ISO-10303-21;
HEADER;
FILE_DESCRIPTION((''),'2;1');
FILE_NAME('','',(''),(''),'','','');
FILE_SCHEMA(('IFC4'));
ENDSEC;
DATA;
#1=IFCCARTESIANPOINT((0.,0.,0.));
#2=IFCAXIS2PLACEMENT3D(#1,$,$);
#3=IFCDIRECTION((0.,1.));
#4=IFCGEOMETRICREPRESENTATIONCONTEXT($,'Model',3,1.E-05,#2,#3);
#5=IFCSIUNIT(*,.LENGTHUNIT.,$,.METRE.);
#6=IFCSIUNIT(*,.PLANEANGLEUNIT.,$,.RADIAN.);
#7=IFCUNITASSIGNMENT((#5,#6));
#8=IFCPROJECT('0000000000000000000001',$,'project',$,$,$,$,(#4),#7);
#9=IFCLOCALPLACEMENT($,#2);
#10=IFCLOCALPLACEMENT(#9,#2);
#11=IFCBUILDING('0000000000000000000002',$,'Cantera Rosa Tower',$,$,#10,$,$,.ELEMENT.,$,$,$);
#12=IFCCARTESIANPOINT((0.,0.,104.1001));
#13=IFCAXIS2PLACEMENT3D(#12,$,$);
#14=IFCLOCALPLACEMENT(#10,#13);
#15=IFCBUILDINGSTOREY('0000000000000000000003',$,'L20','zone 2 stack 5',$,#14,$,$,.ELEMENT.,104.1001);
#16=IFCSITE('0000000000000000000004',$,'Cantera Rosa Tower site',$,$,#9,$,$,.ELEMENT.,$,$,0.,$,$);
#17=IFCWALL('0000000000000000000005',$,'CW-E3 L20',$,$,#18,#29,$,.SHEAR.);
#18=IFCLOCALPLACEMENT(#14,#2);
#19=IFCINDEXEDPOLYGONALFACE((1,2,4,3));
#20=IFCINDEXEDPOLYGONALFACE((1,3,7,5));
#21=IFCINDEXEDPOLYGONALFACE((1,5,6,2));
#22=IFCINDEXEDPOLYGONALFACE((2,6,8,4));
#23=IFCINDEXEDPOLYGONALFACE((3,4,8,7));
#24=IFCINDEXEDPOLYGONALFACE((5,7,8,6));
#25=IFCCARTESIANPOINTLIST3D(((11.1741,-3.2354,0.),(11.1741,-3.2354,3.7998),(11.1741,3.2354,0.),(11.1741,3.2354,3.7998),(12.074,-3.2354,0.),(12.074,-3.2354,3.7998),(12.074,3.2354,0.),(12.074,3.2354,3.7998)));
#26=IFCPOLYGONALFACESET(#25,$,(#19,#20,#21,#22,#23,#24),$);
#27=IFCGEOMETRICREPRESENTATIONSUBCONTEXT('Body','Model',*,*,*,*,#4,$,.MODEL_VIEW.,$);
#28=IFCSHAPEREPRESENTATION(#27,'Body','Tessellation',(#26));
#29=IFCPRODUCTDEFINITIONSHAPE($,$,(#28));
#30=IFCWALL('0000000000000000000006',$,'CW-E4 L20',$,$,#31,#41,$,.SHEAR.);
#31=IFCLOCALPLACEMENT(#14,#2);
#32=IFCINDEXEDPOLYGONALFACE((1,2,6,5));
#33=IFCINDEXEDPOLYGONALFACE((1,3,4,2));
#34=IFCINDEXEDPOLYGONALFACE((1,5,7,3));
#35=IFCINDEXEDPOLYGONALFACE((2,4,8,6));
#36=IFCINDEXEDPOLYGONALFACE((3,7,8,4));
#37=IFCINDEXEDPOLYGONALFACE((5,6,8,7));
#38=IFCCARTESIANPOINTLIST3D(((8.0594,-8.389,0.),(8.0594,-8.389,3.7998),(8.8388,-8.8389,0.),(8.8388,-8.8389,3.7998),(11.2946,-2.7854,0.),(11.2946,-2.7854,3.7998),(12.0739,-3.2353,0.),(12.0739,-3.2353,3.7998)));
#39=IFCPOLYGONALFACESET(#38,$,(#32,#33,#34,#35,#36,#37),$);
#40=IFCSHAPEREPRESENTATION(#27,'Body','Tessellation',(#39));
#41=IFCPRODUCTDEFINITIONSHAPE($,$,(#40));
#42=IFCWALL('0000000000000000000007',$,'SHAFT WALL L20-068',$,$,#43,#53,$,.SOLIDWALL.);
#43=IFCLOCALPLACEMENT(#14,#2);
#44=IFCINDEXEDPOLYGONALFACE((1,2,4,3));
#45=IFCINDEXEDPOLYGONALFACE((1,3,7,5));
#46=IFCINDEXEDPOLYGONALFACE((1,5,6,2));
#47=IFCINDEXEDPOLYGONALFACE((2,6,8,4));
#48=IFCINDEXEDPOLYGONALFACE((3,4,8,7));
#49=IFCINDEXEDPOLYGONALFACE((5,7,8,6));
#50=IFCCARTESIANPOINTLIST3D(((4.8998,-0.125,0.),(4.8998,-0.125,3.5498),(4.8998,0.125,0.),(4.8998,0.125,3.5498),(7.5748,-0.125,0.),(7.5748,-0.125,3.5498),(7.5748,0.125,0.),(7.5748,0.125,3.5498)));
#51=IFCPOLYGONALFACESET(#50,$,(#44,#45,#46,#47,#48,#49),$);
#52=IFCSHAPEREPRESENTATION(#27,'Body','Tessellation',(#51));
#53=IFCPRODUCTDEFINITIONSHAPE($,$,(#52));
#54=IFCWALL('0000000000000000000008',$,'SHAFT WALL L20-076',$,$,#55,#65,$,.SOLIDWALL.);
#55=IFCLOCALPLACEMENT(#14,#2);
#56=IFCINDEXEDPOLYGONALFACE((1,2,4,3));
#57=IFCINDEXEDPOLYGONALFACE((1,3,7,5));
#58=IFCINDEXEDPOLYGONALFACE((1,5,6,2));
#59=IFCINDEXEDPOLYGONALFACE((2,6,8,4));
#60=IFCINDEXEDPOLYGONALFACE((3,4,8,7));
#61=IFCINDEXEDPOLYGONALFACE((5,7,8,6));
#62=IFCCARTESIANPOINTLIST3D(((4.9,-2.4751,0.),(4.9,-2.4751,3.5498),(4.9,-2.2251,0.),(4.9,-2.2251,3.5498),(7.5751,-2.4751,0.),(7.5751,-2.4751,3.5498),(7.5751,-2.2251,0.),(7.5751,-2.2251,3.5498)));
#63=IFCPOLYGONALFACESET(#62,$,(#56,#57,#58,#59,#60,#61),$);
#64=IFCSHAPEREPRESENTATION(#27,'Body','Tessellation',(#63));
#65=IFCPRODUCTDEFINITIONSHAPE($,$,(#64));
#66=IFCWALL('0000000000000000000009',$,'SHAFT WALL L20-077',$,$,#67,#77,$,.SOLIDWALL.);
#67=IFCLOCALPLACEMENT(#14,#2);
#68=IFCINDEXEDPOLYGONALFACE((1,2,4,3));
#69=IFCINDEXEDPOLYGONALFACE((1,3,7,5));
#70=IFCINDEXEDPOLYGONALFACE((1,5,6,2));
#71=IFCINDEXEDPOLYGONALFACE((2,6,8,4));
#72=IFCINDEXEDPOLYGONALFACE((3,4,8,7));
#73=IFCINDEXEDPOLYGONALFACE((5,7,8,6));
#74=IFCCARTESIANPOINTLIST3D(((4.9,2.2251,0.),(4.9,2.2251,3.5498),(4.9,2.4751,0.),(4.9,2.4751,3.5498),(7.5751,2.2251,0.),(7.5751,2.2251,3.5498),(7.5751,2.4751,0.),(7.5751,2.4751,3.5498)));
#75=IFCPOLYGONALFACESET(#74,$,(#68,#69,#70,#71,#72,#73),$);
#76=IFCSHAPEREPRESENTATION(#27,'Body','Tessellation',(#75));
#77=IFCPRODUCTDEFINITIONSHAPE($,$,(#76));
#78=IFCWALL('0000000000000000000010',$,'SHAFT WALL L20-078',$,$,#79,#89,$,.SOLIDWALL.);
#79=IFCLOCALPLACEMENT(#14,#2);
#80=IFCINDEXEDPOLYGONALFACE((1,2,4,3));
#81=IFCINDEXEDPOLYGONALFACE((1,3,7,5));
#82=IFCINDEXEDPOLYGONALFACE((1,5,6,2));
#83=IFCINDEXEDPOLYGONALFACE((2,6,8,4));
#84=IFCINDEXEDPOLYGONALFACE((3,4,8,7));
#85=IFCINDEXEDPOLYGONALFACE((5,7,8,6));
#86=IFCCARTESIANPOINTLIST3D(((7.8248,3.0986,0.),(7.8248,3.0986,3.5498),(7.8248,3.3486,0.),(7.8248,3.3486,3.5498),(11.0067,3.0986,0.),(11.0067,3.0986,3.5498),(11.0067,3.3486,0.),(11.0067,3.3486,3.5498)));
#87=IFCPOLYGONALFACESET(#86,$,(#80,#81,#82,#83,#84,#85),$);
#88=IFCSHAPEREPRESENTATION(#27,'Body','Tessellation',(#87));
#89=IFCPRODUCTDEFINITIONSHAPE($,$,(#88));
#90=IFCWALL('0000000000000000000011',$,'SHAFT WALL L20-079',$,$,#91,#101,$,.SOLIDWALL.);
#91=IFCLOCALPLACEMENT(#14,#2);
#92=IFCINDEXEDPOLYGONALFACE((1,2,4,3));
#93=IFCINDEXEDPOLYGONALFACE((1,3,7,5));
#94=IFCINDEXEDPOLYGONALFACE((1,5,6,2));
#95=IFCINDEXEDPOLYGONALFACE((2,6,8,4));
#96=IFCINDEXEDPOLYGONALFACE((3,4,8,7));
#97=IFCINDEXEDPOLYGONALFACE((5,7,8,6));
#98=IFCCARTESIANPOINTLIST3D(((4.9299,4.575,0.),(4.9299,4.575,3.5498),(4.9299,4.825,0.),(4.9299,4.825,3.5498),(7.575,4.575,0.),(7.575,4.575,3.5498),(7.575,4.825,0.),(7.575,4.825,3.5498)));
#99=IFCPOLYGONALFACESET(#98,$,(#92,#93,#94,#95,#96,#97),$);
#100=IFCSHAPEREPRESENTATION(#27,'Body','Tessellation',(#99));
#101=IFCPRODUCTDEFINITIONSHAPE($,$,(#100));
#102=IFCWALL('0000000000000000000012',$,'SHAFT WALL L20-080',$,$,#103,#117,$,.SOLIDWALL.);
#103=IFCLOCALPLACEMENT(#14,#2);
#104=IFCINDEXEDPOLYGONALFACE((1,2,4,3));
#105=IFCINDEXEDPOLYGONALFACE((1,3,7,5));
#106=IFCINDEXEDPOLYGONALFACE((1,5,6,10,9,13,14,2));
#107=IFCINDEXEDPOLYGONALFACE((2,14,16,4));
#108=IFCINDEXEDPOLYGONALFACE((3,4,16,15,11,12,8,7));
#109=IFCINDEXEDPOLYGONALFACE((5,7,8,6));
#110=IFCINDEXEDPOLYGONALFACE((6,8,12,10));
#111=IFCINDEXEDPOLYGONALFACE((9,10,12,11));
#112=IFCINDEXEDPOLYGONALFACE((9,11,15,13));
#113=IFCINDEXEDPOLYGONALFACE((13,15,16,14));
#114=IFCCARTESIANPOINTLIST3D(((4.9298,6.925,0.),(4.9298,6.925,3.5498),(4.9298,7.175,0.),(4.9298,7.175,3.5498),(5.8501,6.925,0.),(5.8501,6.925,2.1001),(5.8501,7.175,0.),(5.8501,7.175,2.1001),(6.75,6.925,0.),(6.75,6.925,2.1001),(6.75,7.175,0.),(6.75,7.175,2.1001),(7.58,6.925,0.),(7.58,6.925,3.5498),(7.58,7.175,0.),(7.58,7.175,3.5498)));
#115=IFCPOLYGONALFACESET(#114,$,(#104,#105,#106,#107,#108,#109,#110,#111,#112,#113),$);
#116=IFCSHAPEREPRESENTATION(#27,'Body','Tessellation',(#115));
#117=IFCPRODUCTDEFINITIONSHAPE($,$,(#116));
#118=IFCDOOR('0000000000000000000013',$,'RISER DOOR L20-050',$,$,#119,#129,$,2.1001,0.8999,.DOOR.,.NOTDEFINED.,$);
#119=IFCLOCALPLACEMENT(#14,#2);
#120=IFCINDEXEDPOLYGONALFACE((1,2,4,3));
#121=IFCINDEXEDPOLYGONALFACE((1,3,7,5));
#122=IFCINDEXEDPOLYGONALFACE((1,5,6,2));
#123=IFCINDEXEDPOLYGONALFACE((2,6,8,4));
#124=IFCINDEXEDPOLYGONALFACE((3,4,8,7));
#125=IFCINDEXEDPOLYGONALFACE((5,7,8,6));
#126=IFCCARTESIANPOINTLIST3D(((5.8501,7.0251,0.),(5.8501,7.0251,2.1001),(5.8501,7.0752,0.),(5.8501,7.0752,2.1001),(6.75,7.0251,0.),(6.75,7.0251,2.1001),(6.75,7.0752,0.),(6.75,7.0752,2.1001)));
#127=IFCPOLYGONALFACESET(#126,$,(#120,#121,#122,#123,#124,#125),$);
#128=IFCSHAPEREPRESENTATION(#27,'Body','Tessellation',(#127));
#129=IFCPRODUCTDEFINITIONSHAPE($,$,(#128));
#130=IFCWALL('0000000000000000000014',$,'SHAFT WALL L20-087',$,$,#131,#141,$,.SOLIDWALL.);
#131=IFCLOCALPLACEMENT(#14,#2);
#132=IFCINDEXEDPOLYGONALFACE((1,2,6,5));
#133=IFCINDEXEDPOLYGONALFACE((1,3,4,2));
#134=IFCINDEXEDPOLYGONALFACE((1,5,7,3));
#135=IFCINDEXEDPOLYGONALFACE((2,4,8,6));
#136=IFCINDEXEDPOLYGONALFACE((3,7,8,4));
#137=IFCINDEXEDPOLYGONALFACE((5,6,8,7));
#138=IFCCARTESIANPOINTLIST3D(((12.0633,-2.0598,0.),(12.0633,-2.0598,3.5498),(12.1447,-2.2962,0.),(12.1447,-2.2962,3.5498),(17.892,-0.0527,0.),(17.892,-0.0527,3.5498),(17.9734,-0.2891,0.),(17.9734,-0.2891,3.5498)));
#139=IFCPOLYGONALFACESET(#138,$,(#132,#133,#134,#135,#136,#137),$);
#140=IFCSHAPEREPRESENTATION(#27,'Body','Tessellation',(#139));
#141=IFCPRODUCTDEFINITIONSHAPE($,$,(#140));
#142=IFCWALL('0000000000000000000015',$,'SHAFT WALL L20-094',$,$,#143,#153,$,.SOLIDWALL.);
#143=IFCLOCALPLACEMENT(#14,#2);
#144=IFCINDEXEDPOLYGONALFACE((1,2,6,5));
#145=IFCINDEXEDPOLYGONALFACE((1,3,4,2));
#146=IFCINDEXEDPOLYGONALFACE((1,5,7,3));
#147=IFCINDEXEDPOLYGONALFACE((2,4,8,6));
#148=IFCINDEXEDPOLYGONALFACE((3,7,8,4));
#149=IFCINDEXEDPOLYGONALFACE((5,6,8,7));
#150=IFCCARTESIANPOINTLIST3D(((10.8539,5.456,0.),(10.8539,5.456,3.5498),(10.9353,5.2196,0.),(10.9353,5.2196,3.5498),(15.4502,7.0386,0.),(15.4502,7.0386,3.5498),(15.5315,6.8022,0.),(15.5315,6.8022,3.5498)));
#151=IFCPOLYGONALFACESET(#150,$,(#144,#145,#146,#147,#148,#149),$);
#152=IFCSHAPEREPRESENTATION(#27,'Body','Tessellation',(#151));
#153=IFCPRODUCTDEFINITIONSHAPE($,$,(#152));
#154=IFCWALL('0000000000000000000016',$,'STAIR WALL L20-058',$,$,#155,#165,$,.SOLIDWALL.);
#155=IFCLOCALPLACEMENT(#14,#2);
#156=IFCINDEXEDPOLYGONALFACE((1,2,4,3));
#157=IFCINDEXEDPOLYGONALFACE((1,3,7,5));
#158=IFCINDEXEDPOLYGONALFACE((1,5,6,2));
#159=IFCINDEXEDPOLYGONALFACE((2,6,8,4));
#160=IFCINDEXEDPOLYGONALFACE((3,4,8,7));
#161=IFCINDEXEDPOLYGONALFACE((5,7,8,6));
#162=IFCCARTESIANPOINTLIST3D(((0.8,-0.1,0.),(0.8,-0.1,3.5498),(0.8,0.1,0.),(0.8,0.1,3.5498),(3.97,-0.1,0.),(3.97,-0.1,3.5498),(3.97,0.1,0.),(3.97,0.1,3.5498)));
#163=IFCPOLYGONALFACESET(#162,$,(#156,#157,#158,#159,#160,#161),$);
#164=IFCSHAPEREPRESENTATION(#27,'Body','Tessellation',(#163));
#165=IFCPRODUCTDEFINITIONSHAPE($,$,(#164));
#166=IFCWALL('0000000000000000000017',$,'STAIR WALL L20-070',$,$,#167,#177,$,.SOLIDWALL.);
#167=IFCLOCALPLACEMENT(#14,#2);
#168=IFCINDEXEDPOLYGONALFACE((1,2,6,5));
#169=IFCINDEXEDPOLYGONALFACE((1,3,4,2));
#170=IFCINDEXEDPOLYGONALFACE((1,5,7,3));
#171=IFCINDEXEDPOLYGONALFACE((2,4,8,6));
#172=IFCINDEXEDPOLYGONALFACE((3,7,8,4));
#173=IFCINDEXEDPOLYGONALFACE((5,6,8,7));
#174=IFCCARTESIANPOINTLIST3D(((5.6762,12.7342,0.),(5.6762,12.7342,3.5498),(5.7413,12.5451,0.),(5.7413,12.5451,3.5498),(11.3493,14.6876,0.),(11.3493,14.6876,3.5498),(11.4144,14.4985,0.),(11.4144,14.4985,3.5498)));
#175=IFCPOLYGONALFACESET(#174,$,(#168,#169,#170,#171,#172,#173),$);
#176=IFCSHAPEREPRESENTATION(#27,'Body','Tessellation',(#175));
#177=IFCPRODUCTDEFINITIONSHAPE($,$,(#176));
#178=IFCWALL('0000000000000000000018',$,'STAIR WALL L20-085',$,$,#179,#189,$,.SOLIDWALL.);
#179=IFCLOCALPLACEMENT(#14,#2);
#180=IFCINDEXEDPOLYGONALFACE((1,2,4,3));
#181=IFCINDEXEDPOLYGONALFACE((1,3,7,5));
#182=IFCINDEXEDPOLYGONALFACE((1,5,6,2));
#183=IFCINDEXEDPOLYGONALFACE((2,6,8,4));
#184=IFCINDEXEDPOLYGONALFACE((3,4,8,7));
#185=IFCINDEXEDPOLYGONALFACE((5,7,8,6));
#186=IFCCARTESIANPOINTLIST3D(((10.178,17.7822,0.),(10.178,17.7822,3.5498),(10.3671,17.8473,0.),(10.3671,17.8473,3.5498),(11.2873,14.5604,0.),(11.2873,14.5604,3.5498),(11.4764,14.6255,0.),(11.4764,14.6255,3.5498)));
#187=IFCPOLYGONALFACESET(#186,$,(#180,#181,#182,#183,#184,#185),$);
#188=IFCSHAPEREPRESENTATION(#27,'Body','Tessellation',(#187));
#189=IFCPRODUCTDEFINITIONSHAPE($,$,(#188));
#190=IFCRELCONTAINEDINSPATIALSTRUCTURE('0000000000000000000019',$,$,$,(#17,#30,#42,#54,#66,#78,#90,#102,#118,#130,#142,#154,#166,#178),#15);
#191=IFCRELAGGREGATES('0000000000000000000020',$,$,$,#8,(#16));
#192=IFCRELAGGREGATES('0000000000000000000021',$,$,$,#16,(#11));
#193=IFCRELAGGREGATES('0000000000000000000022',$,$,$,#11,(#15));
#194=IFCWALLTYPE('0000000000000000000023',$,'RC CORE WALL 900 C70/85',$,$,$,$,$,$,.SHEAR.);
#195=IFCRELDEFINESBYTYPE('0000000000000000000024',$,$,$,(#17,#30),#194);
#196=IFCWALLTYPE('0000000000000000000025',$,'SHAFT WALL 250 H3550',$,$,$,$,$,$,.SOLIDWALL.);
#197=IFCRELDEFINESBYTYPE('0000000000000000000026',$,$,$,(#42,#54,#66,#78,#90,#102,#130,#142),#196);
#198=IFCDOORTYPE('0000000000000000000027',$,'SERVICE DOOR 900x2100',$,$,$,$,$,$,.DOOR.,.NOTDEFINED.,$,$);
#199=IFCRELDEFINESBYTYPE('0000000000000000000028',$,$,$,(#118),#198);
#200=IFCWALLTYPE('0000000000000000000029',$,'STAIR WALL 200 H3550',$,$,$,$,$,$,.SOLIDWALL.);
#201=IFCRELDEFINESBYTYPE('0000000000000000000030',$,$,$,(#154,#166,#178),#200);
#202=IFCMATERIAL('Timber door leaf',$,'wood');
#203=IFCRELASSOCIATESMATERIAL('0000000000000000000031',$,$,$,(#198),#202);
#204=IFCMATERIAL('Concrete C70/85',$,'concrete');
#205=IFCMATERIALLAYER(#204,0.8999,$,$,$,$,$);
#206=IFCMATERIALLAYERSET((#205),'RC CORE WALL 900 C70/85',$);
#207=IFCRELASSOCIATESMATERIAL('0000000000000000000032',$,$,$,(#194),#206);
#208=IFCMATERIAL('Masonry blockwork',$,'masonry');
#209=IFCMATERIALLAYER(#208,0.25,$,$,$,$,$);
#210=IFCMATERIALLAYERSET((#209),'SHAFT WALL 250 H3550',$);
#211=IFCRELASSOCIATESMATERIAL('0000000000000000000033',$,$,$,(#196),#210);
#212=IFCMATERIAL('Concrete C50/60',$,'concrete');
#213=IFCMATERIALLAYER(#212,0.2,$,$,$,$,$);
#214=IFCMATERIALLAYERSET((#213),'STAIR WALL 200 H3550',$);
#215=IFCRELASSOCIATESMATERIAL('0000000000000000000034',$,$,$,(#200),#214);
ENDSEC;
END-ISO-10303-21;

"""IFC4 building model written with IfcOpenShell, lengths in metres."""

from ifc_helpers import new_model, si_unit, direction, frame, frame_2d, origin, place, context, subcontext, project, spatial, rectangle, extrude, material, layer, layer_set, type_object, element, fill, save


model = new_model("IFC4")

# Units and contexts
model_context = context("Model", 3, precision=1e-05, world=origin(), true_north=direction((0.0, 1.0)))
body_context = subcontext(model_context, "Body", "Model", "MODEL_VIEW")
ifc_project = project(units=[si_unit("LENGTHUNIT", "METRE"), si_unit("PLANEANGLEUNIT", "RADIAN")], contexts=[model_context])

# Site, building, storey
site_placement = place(None, origin())
site = spatial("IfcSite", under=ifc_project, at=site_placement, Name="Cantera Rosa Tower site", CompositionType="ELEMENT", RefElevation=0.0)
building_placement = place(site_placement, origin())
building = spatial("IfcBuilding", under=site, at=building_placement, Name="Cantera Rosa Tower", CompositionType="ELEMENT")
storey_placement = place(building_placement, frame((0.0, 0.0, 104.1001)))
storey = spatial("IfcBuildingStorey", under=building, at=storey_placement, Name="L20", Description="zone 2 stack 5", CompositionType="ELEMENT", Elevation=104.1001)

# Shared definitions
ifc_material_1 = material(Name="Timber door leaf", Category="wood")
door_type = type_object("IfcDoorType", Name="SERVICE DOOR 900x2100", OperationType="NOTDEFINED", PredefinedType="DOOR", material=ifc_material_1)

# Walls
ifc_material_2 = material(Name="Concrete C70/85", Category="concrete")
ifc_layer_1 = layer(ifc_material_2, 0.8999)
ifc_layer_set_1 = layer_set([ifc_layer_1], Name="RC CORE WALL 900 C70/85")
wall_type_1 = type_object("IfcWallType", Name="RC CORE WALL 900 C70/85", PredefinedType="SHEAR", material=ifc_layer_set_1)
wall_1_placement = place(storey_placement, frame((11.624, 3.2354, 0.0), z_axis=(0.0, 0.0, 1.0), x_axis=(0.0, -1.0, 0.0)))
element("IfcWall", 1, at=wall_1_placement, inside=storey, type_object=wall_type_1, Name="CW-E3 L20", PredefinedType="SHEAR", context=body_context, shape_type="SweptSolid", body=[
    extrude(rectangle(XDim=6.4707, YDim=0.8999, at=frame_2d((3.2354, 0.0))), origin(), (0.0, 0.0, 1.0), 3.7998),
])
wall_2_placement = place(storey_placement, frame((11.6843, -3.0103, 0.0), z_axis=(0.0, 0.0, 1.0), x_axis=(-0.49999, -0.866031, 0.0)))
element("IfcWall", 2, at=wall_2_placement, inside=storey, type_object=wall_type_1, Name="CW-E4 L20", PredefinedType="SHEAR", context=body_context, shape_type="SweptSolid", body=[
    extrude(rectangle(XDim=6.4705, YDim=0.8999, at=frame_2d((3.2354, 0.0))), origin(), (0.0, 0.0, 1.0), 3.7998),
])
ifc_material_3 = material(Name="Masonry blockwork", Category="masonry")
ifc_layer_2 = layer(ifc_material_3, 0.25)
ifc_layer_set_2 = layer_set([ifc_layer_2], Name="SHAFT WALL 250 H3550")
wall_type_2 = type_object("IfcWallType", Name="SHAFT WALL 250 H3550", PredefinedType="SOLIDWALL", material=ifc_layer_set_2)
for number, where, z_axis, x_axis, name in (
    (3, (4.8999, 0.0, 0.0), (0.0, 0.0, 1.0), (1.0, 0.0, 0.0), "SHAFT WALL L20-068"),
    (4, (7.575, -2.3501, 0.0), (0.0, 0.0, 1.0), (-1.0, 0.0, 0.0), "SHAFT WALL L20-076"),
    (5, (7.575, 2.3501, 0.0), (0.0, 0.0, 1.0), (-1.0, 0.0, 0.0), "SHAFT WALL L20-077"),
):
    element("IfcWall", number, at=place(storey_placement, frame(where, z_axis=z_axis, x_axis=x_axis)), inside=storey, type_object=wall_type_2, Name=name, PredefinedType="SOLIDWALL", context=body_context, shape_type="SweptSolid", body=[
        extrude(rectangle(XDim=2.675, YDim=0.25, at=frame_2d((1.3374, 0.0))), origin(), (0.0, 0.0, 1.0), 3.5498),
    ])
wall_3_placement = place(storey_placement, frame((7.825, 3.2236, 0.0), z_axis=(0.0, 0.0, 1.0), x_axis=(1.0, 0.0, 0.0)))
element("IfcWall", 6, at=wall_3_placement, inside=storey, type_object=wall_type_2, Name="SHAFT WALL L20-078", PredefinedType="SOLIDWALL", context=body_context, shape_type="SweptSolid", body=[
    extrude(rectangle(XDim=3.1819, YDim=0.25, at=frame_2d((1.5908, 0.0))), origin(), (0.0, 0.0, 1.0), 3.5498),
])
wall_4_placement = place(storey_placement, frame((7.575, 4.7, 0.0), z_axis=(0.0, 0.0, 1.0), x_axis=(-1.0, 0.0, 0.0)))
element("IfcWall", 7, at=wall_4_placement, inside=storey, type_object=wall_type_2, Name="SHAFT WALL L20-079", PredefinedType="SOLIDWALL", context=body_context, shape_type="SweptSolid", body=[
    extrude(rectangle(XDim=2.645, YDim=0.25, at=frame_2d((1.3225, 0.0))), origin(), (0.0, 0.0, 1.0), 3.5498),
])

# Wall, opening, door
wall_5_placement = place(storey_placement, frame((7.5801, 7.05, 0.0), z_axis=(0.0, 0.0, 1.0), x_axis=(-1.0, 0.0, 0.0)))
wall_5 = element("IfcWall", 8, at=wall_5_placement, inside=storey, type_object=wall_type_2, Name="SHAFT WALL L20-080", PredefinedType="SOLIDWALL", context=body_context, shape_type="SweptSolid", body=[
    extrude(rectangle(XDim=2.6501, YDim=0.25, at=frame_2d((1.3252, 0.0))), origin(), (0.0, 0.0, 1.0), 3.5498),
])
opening_1_placement = place(wall_5_placement, frame((0.8301, 0.0, 0.0)))
opening_1 = element("IfcOpeningElement", 9, at=opening_1_placement, cuts=wall_5, PredefinedType="OPENING", context=body_context, shape_type="SweptSolid", body=[
    extrude(rectangle(XDim=0.8999, YDim=2.1001, at=frame_2d((0.45, 1.05))), frame((0.0, 0.135, 0.0), z_axis=(0.0, -1.0, 0.0), x_axis=(1.0, 0.0, 0.0)), (0.0, 0.0, 1.0), 0.27),
])
door_1_placement = place(opening_1_placement, origin())
door_1 = element("IfcDoor", 10, at=door_1_placement, inside=storey, type_object=door_type, Name="RISER DOOR L20-050", OperationType="NOTDEFINED", OverallHeight=2.1001, OverallWidth=0.8999, PredefinedType="DOOR", context=body_context, shape_type="SweptSolid", body=[
    extrude(rectangle(XDim=0.8999, YDim=2.1001, at=frame_2d((0.45, 1.05))), frame((0.0, 0.0249, 0.0), z_axis=(0.0, -1.0, 0.0), x_axis=(1.0, 0.0, 0.0)), (0.0, 0.0, 1.0), 0.05),
])
fill(opening_1, door_1)

# Walls
wall_6_placement = place(storey_placement, frame((12.104, -2.178, 0.0), z_axis=(0.0, 0.0, 1.0), x_axis=(0.945512, 0.325587, 0.0)))
element("IfcWall", 11, at=wall_6_placement, inside=storey, type_object=wall_type_2, Name="SHAFT WALL L20-087", PredefinedType="SOLIDWALL", context=body_context, shape_type="SweptSolid", body=[
    extrude(rectangle(XDim=6.1646, YDim=0.25, at=frame_2d((3.0823, 0.0))), origin(), (0.0, 0.0, 1.0), 3.5498),
])
wall_7_placement = place(storey_placement, frame((15.491, 6.9204, 0.0), z_axis=(0.0, 0.0, 1.0), x_axis=(-0.945523, -0.325554, 0.0)))
element("IfcWall", 12, at=wall_7_placement, inside=storey, type_object=wall_type_2, Name="SHAFT WALL L20-094", PredefinedType="SOLIDWALL", context=body_context, shape_type="SweptSolid", body=[
    extrude(rectangle(XDim=4.8611, YDim=0.25, at=frame_2d((2.4307, 0.0))), origin(), (0.0, 0.0, 1.0), 3.5498),
])
ifc_material_4 = material(Name="Concrete C50/60", Category="concrete")
ifc_layer_3 = layer(ifc_material_4, 0.2)
ifc_layer_set_3 = layer_set([ifc_layer_3], Name="STAIR WALL 200 H3550")
wall_type_3 = type_object("IfcWallType", Name="STAIR WALL 200 H3550", PredefinedType="SOLIDWALL", material=ifc_layer_set_3)
wall_8_placement = place(storey_placement, frame((0.8, 0.0, 0.0), z_axis=(0.0, 0.0, 1.0), x_axis=(1.0, 0.0, 0.0)))
element("IfcWall", 13, at=wall_8_placement, inside=storey, type_object=wall_type_3, Name="STAIR WALL L20-058", PredefinedType="SOLIDWALL", context=body_context, shape_type="SweptSolid", body=[
    extrude(rectangle(XDim=3.1699, YDim=0.2, at=frame_2d((1.585, 0.0))), origin(), (0.0, 0.0, 1.0), 3.5498),
])
wall_9_placement = place(storey_placement, frame((5.7087, 12.6396, 0.0), z_axis=(0.0, 0.0, 1.0), x_axis=(0.94552, 0.325563, 0.0)))
element("IfcWall", 14, at=wall_9_placement, inside=storey, type_object=wall_type_3, Name="STAIR WALL L20-070", PredefinedType="SOLIDWALL", context=body_context, shape_type="SweptSolid", body=[
    extrude(rectangle(XDim=6.0, YDim=0.2, at=frame_2d((3.0, 0.0))), origin(), (0.0, 0.0, 1.0), 3.5498),
])
wall_10_placement = place(storey_placement, frame((11.3818, 14.593, 0.0), z_axis=(0.0, 0.0, 1.0), x_axis=(-0.325562, 0.945521, 0.0)))
element("IfcWall", 15, at=wall_10_placement, inside=storey, type_object=wall_type_3, Name="STAIR WALL L20-085", PredefinedType="SOLIDWALL", context=body_context, shape_type="SweptSolid", body=[
    extrude(rectangle(XDim=3.4075, YDim=0.2, at=frame_2d((1.7036, 0.0))), origin(), (0.0, 0.0, 1.0), 3.5498),
])

save(model, "model.ifc")
